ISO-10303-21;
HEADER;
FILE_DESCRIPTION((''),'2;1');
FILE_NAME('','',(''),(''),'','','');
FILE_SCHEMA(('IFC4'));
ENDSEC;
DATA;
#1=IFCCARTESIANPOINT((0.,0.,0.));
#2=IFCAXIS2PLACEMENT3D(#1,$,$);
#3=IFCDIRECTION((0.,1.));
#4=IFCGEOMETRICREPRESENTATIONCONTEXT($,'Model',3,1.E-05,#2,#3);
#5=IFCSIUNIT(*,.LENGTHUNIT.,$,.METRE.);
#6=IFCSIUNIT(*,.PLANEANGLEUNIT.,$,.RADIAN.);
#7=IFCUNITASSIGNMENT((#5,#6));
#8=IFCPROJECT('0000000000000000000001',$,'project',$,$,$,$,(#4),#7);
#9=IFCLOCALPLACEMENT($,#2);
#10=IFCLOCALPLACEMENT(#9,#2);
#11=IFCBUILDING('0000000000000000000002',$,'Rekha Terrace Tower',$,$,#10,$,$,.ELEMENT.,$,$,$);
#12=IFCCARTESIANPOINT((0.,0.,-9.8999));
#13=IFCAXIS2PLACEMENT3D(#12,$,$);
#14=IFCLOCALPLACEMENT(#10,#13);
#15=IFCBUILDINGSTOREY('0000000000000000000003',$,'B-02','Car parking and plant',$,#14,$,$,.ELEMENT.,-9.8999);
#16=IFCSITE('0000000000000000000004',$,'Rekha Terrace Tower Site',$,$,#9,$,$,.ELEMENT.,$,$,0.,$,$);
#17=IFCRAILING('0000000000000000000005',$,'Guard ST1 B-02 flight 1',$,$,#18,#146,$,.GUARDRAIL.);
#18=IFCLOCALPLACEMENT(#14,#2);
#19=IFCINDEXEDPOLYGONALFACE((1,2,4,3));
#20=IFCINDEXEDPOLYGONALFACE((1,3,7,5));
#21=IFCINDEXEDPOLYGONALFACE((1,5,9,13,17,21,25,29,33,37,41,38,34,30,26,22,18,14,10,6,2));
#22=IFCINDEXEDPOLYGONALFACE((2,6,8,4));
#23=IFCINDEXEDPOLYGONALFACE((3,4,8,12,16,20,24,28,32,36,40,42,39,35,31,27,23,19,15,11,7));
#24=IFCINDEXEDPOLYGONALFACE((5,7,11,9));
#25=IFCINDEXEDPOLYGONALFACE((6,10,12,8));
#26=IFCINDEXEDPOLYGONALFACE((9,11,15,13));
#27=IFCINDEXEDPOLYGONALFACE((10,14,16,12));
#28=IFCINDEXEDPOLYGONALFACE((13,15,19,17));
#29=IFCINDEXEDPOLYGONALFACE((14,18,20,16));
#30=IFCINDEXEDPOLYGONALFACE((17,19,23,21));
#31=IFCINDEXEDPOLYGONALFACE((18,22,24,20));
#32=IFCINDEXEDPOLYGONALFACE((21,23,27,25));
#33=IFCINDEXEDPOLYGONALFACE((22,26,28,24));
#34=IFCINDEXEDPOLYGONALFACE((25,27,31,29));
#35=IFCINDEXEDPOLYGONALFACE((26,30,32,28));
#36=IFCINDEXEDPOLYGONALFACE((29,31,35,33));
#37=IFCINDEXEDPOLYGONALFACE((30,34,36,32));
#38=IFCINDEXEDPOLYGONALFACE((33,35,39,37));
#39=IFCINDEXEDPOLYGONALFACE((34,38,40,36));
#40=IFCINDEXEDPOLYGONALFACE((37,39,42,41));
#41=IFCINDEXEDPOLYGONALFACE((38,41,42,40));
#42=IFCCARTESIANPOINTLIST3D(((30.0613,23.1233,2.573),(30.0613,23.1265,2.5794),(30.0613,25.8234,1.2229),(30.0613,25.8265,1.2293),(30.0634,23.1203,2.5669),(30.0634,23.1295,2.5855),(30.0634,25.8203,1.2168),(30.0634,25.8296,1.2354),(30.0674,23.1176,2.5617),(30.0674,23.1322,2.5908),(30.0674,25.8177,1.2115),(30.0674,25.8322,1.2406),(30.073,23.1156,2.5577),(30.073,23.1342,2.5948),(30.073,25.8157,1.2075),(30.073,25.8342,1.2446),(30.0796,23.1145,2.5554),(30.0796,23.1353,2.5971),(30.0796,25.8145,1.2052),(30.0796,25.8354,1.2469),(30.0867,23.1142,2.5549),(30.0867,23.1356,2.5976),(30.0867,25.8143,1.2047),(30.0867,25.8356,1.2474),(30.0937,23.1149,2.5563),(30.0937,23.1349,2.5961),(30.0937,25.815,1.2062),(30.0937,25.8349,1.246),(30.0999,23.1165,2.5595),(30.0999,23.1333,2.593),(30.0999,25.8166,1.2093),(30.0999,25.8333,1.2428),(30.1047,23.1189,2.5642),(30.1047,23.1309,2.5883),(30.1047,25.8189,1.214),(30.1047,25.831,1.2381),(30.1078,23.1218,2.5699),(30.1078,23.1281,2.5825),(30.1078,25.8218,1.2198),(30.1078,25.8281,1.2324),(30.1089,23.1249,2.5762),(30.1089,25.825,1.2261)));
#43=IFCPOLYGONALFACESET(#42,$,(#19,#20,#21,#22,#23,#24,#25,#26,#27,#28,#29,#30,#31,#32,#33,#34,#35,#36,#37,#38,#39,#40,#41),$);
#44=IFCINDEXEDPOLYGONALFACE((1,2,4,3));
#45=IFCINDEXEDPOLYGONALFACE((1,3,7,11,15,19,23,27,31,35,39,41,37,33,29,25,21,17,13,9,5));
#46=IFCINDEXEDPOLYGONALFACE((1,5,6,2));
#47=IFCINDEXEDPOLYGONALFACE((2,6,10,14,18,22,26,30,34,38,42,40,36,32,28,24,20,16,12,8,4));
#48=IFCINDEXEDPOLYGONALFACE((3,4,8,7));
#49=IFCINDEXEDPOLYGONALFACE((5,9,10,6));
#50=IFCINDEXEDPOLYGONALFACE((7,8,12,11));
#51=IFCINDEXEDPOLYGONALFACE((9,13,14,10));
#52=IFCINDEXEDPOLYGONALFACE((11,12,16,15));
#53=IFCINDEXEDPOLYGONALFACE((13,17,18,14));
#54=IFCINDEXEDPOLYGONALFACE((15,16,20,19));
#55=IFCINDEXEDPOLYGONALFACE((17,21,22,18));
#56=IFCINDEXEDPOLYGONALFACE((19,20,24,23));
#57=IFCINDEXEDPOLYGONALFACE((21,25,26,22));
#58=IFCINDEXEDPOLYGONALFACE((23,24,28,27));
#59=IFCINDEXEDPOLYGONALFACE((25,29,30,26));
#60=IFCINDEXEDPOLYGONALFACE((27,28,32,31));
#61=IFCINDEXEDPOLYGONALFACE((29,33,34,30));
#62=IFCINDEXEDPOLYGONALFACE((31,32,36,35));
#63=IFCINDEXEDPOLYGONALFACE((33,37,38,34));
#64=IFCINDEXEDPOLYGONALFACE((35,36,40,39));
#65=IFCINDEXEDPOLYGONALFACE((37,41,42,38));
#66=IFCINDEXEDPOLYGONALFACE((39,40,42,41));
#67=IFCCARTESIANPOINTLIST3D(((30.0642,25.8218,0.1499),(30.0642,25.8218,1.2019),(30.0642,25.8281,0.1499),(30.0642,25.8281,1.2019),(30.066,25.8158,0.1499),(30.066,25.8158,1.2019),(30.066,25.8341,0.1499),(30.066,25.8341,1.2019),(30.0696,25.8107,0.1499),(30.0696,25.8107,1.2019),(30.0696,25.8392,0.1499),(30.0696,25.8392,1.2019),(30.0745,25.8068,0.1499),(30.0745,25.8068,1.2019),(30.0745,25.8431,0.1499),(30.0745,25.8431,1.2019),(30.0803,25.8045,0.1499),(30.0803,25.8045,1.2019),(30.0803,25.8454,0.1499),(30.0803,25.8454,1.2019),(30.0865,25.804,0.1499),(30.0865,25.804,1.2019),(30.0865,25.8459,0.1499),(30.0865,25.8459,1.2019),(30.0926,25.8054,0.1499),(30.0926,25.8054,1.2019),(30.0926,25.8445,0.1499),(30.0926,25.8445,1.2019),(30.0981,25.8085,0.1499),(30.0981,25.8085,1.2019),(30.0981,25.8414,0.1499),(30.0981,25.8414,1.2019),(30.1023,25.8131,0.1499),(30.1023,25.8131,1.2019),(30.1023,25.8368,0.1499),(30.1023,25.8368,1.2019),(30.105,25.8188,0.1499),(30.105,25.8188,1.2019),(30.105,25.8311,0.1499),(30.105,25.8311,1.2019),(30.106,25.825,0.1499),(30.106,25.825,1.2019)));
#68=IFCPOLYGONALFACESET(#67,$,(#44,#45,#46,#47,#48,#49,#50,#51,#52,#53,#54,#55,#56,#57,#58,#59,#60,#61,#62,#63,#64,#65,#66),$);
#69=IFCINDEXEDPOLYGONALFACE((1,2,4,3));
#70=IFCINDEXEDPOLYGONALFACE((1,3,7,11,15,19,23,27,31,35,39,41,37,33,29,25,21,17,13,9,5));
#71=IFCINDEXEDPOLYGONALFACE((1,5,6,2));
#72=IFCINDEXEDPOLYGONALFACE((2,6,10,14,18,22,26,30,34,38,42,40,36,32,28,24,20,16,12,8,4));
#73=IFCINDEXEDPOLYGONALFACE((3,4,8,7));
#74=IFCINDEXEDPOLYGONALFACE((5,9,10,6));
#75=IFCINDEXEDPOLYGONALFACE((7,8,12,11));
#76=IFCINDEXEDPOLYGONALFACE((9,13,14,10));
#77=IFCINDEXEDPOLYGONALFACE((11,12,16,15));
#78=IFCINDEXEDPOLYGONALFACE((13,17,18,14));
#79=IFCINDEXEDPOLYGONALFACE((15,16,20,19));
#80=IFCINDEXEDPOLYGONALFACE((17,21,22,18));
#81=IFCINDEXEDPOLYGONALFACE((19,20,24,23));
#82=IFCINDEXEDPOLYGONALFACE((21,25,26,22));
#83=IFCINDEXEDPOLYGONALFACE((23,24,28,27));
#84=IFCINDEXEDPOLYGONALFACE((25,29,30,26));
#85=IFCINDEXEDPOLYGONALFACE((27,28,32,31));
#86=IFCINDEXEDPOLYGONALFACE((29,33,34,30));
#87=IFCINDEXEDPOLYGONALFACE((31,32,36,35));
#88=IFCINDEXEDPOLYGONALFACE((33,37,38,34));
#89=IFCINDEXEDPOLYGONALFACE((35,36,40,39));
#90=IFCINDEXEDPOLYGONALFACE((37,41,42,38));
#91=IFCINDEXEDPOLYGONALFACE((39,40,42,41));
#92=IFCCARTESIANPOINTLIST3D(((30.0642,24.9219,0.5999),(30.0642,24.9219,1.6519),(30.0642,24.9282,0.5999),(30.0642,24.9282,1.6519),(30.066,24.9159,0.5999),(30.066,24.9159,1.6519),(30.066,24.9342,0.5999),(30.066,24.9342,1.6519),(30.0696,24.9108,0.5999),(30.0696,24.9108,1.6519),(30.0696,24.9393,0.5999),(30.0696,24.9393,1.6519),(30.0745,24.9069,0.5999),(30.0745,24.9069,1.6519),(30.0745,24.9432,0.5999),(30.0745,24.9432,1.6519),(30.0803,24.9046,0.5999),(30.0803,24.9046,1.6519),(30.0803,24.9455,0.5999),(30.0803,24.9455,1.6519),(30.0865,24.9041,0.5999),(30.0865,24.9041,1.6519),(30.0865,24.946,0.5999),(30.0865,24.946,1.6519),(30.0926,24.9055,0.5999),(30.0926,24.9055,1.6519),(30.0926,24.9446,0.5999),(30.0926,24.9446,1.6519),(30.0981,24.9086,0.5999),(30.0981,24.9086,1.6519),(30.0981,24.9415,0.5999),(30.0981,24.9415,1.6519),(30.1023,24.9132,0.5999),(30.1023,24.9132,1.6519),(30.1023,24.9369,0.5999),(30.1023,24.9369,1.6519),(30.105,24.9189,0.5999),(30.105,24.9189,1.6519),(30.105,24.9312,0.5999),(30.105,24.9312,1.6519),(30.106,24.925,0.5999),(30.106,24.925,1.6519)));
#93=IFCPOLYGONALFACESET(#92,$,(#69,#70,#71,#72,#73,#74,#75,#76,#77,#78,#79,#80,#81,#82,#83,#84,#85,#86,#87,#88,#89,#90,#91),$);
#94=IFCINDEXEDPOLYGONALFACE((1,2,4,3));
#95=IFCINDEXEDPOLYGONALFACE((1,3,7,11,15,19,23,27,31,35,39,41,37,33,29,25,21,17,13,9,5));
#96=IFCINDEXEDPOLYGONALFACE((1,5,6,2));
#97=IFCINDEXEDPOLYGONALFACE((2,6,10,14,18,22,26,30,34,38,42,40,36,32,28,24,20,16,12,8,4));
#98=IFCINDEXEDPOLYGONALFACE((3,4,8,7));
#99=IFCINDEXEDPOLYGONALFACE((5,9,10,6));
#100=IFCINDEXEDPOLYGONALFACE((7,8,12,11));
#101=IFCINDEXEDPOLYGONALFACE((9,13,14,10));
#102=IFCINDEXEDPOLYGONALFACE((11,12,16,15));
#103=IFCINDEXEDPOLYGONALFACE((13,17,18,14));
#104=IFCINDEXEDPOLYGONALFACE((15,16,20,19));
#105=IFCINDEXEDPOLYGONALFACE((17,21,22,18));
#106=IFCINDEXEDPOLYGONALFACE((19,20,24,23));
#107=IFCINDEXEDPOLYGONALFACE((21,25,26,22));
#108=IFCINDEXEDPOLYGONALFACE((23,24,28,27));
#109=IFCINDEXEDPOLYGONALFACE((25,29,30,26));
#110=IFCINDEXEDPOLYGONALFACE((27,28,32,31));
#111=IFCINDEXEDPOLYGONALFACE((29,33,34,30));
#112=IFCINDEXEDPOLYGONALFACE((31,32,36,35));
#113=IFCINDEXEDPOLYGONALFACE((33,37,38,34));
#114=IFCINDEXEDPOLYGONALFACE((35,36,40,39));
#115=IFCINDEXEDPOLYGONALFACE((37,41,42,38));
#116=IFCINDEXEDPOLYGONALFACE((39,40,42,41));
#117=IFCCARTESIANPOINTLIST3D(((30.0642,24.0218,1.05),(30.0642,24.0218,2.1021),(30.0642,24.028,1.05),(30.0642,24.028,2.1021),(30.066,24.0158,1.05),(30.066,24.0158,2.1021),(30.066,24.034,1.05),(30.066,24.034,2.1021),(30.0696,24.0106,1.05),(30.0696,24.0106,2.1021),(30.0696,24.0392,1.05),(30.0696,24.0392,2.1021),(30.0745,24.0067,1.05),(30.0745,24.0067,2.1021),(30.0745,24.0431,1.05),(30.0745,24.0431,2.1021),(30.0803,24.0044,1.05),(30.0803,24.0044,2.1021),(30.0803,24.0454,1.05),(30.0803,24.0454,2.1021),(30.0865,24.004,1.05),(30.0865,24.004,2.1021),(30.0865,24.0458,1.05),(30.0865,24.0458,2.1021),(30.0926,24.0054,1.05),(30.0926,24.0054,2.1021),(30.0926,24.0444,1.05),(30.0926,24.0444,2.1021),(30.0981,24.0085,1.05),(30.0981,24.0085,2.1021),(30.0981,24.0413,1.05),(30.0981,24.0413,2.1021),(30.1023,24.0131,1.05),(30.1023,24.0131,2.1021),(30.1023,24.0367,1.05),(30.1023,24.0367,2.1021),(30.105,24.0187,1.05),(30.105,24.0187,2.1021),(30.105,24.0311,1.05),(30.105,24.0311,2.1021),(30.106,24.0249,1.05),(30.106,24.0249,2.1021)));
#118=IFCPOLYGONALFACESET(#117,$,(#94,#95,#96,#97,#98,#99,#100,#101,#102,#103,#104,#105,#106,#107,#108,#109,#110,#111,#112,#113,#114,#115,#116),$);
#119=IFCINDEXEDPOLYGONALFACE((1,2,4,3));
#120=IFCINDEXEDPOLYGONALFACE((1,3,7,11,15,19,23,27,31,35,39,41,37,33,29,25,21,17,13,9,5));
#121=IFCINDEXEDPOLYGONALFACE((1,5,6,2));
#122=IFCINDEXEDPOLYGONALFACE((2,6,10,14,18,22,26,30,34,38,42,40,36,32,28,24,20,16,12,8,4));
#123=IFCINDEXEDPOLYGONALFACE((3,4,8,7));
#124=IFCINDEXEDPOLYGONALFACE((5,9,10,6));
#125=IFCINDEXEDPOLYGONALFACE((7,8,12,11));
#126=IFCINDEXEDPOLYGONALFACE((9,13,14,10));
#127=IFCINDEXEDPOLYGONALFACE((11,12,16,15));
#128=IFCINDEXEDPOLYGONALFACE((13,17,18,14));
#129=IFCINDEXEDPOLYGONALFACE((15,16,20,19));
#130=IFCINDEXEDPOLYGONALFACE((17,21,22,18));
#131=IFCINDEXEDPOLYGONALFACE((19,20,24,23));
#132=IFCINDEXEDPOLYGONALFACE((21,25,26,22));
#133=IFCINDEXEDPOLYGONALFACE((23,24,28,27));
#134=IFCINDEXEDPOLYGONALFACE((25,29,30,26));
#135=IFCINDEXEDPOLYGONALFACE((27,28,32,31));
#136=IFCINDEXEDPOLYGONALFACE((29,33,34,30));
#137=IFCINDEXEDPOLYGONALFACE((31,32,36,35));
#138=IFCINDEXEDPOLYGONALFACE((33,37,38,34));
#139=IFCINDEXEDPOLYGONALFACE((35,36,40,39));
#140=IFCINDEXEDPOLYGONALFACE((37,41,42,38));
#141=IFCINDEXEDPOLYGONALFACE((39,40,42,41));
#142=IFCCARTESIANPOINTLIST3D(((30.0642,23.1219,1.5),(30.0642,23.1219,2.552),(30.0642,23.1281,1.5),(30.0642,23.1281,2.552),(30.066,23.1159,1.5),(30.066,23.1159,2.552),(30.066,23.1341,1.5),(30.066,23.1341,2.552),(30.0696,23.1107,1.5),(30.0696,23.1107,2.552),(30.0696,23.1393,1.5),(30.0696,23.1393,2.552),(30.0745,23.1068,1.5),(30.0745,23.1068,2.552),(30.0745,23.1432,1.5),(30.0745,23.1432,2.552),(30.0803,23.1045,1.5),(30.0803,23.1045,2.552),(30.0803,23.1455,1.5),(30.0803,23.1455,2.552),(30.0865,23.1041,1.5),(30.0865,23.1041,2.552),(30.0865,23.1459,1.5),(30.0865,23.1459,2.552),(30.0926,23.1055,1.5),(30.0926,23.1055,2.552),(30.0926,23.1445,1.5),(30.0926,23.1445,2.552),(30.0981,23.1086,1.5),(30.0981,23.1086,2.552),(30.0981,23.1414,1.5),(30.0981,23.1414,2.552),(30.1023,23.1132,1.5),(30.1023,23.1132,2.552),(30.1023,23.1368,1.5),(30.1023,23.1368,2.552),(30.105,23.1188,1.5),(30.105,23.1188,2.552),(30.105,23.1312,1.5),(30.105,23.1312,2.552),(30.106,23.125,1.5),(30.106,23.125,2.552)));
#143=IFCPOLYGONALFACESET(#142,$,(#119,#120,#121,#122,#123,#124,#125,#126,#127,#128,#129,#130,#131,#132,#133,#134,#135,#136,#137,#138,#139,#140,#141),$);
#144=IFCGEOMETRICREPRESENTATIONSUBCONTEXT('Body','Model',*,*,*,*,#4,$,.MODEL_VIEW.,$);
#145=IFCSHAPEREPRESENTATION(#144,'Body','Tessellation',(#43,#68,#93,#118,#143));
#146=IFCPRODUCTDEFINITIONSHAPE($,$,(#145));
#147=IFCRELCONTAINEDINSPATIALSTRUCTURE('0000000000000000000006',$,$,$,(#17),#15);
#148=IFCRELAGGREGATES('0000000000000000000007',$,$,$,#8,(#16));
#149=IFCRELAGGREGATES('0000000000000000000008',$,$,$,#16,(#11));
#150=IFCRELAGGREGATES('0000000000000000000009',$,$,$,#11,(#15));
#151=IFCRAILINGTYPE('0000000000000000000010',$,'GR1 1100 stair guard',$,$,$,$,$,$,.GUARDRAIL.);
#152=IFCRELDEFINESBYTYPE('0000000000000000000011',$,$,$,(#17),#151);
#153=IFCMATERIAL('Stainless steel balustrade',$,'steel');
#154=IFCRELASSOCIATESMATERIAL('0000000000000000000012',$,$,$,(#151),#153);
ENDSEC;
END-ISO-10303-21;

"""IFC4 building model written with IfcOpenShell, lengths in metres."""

from ifc_helpers import new_model, si_unit, direction, frame, origin, origin_2d, place, context, subcontext, project, spatial, circle, extrude, material, type_object, element, save


model = new_model("IFC4")

# Units and contexts
model_context = context("Model", 3, precision=1e-05, world=origin(), true_north=direction((0.0, 1.0)))
body_context = subcontext(model_context, "Body", "Model", "MODEL_VIEW")
ifc_project = project(units=[si_unit("LENGTHUNIT", "METRE"), si_unit("PLANEANGLEUNIT", "RADIAN")], contexts=[model_context])

# Site, building, storey
site_placement = place(None, origin())
site = spatial("IfcSite", under=ifc_project, at=site_placement, Name="Rekha Terrace Tower Site", CompositionType="ELEMENT", RefElevation=0.0)
building_placement = place(site_placement, origin())
building = spatial("IfcBuilding", under=site, at=building_placement, Name="Rekha Terrace Tower", CompositionType="ELEMENT")
storey_placement = place(building_placement, frame((0.0, 0.0, -9.8999)))
storey = spatial("IfcBuildingStorey", under=building, at=storey_placement, Name="B-02", Description="Car parking and plant", CompositionType="ELEMENT", Elevation=-9.8999)

# Railing
ifc_material_1 = material(Name="Stainless steel balustrade", Category="steel")
railing_type_1 = type_object("IfcRailingType", Name="GR1 1100 stair guard", PredefinedType="GUARDRAIL", material=ifc_material_1)
railing_1_placement = place(storey_placement, frame((30.085, 25.825, 0.1499)))
element("IfcRailing", 1, at=railing_1_placement, inside=storey, type_object=railing_type_1, Name="Guard ST1 B-02 flight 1", PredefinedType="GUARDRAIL", context=body_context, shape_type="SweptSolid", body=[
    extrude(circle(Radius=0.0239, at=origin_2d()), frame((0.0, 0.0, 1.0762), z_axis=(0.0, -0.894411, 0.447246), x_axis=(1.0, 0.0, 0.0)), (0.0, 0.0, 1.0), 3.0188),
    extrude(circle(Radius=0.021, at=origin_2d()), origin(), (0.0, 0.0, 1.0), 1.052),
    extrude(circle(Radius=0.021, at=origin_2d()), frame((0.0, -0.8999, 0.45)), (0.0, 0.0, 1.0), 1.052),
    extrude(circle(Radius=0.021, at=origin_2d()), frame((0.0, -1.8, 0.9001)), (0.0, 0.0, 1.0), 1.052),
    extrude(circle(Radius=0.021, at=origin_2d()), frame((0.0, -2.7, 1.3501)), (0.0, 0.0, 1.0), 1.052),
])

save(model, "model.ifc")
